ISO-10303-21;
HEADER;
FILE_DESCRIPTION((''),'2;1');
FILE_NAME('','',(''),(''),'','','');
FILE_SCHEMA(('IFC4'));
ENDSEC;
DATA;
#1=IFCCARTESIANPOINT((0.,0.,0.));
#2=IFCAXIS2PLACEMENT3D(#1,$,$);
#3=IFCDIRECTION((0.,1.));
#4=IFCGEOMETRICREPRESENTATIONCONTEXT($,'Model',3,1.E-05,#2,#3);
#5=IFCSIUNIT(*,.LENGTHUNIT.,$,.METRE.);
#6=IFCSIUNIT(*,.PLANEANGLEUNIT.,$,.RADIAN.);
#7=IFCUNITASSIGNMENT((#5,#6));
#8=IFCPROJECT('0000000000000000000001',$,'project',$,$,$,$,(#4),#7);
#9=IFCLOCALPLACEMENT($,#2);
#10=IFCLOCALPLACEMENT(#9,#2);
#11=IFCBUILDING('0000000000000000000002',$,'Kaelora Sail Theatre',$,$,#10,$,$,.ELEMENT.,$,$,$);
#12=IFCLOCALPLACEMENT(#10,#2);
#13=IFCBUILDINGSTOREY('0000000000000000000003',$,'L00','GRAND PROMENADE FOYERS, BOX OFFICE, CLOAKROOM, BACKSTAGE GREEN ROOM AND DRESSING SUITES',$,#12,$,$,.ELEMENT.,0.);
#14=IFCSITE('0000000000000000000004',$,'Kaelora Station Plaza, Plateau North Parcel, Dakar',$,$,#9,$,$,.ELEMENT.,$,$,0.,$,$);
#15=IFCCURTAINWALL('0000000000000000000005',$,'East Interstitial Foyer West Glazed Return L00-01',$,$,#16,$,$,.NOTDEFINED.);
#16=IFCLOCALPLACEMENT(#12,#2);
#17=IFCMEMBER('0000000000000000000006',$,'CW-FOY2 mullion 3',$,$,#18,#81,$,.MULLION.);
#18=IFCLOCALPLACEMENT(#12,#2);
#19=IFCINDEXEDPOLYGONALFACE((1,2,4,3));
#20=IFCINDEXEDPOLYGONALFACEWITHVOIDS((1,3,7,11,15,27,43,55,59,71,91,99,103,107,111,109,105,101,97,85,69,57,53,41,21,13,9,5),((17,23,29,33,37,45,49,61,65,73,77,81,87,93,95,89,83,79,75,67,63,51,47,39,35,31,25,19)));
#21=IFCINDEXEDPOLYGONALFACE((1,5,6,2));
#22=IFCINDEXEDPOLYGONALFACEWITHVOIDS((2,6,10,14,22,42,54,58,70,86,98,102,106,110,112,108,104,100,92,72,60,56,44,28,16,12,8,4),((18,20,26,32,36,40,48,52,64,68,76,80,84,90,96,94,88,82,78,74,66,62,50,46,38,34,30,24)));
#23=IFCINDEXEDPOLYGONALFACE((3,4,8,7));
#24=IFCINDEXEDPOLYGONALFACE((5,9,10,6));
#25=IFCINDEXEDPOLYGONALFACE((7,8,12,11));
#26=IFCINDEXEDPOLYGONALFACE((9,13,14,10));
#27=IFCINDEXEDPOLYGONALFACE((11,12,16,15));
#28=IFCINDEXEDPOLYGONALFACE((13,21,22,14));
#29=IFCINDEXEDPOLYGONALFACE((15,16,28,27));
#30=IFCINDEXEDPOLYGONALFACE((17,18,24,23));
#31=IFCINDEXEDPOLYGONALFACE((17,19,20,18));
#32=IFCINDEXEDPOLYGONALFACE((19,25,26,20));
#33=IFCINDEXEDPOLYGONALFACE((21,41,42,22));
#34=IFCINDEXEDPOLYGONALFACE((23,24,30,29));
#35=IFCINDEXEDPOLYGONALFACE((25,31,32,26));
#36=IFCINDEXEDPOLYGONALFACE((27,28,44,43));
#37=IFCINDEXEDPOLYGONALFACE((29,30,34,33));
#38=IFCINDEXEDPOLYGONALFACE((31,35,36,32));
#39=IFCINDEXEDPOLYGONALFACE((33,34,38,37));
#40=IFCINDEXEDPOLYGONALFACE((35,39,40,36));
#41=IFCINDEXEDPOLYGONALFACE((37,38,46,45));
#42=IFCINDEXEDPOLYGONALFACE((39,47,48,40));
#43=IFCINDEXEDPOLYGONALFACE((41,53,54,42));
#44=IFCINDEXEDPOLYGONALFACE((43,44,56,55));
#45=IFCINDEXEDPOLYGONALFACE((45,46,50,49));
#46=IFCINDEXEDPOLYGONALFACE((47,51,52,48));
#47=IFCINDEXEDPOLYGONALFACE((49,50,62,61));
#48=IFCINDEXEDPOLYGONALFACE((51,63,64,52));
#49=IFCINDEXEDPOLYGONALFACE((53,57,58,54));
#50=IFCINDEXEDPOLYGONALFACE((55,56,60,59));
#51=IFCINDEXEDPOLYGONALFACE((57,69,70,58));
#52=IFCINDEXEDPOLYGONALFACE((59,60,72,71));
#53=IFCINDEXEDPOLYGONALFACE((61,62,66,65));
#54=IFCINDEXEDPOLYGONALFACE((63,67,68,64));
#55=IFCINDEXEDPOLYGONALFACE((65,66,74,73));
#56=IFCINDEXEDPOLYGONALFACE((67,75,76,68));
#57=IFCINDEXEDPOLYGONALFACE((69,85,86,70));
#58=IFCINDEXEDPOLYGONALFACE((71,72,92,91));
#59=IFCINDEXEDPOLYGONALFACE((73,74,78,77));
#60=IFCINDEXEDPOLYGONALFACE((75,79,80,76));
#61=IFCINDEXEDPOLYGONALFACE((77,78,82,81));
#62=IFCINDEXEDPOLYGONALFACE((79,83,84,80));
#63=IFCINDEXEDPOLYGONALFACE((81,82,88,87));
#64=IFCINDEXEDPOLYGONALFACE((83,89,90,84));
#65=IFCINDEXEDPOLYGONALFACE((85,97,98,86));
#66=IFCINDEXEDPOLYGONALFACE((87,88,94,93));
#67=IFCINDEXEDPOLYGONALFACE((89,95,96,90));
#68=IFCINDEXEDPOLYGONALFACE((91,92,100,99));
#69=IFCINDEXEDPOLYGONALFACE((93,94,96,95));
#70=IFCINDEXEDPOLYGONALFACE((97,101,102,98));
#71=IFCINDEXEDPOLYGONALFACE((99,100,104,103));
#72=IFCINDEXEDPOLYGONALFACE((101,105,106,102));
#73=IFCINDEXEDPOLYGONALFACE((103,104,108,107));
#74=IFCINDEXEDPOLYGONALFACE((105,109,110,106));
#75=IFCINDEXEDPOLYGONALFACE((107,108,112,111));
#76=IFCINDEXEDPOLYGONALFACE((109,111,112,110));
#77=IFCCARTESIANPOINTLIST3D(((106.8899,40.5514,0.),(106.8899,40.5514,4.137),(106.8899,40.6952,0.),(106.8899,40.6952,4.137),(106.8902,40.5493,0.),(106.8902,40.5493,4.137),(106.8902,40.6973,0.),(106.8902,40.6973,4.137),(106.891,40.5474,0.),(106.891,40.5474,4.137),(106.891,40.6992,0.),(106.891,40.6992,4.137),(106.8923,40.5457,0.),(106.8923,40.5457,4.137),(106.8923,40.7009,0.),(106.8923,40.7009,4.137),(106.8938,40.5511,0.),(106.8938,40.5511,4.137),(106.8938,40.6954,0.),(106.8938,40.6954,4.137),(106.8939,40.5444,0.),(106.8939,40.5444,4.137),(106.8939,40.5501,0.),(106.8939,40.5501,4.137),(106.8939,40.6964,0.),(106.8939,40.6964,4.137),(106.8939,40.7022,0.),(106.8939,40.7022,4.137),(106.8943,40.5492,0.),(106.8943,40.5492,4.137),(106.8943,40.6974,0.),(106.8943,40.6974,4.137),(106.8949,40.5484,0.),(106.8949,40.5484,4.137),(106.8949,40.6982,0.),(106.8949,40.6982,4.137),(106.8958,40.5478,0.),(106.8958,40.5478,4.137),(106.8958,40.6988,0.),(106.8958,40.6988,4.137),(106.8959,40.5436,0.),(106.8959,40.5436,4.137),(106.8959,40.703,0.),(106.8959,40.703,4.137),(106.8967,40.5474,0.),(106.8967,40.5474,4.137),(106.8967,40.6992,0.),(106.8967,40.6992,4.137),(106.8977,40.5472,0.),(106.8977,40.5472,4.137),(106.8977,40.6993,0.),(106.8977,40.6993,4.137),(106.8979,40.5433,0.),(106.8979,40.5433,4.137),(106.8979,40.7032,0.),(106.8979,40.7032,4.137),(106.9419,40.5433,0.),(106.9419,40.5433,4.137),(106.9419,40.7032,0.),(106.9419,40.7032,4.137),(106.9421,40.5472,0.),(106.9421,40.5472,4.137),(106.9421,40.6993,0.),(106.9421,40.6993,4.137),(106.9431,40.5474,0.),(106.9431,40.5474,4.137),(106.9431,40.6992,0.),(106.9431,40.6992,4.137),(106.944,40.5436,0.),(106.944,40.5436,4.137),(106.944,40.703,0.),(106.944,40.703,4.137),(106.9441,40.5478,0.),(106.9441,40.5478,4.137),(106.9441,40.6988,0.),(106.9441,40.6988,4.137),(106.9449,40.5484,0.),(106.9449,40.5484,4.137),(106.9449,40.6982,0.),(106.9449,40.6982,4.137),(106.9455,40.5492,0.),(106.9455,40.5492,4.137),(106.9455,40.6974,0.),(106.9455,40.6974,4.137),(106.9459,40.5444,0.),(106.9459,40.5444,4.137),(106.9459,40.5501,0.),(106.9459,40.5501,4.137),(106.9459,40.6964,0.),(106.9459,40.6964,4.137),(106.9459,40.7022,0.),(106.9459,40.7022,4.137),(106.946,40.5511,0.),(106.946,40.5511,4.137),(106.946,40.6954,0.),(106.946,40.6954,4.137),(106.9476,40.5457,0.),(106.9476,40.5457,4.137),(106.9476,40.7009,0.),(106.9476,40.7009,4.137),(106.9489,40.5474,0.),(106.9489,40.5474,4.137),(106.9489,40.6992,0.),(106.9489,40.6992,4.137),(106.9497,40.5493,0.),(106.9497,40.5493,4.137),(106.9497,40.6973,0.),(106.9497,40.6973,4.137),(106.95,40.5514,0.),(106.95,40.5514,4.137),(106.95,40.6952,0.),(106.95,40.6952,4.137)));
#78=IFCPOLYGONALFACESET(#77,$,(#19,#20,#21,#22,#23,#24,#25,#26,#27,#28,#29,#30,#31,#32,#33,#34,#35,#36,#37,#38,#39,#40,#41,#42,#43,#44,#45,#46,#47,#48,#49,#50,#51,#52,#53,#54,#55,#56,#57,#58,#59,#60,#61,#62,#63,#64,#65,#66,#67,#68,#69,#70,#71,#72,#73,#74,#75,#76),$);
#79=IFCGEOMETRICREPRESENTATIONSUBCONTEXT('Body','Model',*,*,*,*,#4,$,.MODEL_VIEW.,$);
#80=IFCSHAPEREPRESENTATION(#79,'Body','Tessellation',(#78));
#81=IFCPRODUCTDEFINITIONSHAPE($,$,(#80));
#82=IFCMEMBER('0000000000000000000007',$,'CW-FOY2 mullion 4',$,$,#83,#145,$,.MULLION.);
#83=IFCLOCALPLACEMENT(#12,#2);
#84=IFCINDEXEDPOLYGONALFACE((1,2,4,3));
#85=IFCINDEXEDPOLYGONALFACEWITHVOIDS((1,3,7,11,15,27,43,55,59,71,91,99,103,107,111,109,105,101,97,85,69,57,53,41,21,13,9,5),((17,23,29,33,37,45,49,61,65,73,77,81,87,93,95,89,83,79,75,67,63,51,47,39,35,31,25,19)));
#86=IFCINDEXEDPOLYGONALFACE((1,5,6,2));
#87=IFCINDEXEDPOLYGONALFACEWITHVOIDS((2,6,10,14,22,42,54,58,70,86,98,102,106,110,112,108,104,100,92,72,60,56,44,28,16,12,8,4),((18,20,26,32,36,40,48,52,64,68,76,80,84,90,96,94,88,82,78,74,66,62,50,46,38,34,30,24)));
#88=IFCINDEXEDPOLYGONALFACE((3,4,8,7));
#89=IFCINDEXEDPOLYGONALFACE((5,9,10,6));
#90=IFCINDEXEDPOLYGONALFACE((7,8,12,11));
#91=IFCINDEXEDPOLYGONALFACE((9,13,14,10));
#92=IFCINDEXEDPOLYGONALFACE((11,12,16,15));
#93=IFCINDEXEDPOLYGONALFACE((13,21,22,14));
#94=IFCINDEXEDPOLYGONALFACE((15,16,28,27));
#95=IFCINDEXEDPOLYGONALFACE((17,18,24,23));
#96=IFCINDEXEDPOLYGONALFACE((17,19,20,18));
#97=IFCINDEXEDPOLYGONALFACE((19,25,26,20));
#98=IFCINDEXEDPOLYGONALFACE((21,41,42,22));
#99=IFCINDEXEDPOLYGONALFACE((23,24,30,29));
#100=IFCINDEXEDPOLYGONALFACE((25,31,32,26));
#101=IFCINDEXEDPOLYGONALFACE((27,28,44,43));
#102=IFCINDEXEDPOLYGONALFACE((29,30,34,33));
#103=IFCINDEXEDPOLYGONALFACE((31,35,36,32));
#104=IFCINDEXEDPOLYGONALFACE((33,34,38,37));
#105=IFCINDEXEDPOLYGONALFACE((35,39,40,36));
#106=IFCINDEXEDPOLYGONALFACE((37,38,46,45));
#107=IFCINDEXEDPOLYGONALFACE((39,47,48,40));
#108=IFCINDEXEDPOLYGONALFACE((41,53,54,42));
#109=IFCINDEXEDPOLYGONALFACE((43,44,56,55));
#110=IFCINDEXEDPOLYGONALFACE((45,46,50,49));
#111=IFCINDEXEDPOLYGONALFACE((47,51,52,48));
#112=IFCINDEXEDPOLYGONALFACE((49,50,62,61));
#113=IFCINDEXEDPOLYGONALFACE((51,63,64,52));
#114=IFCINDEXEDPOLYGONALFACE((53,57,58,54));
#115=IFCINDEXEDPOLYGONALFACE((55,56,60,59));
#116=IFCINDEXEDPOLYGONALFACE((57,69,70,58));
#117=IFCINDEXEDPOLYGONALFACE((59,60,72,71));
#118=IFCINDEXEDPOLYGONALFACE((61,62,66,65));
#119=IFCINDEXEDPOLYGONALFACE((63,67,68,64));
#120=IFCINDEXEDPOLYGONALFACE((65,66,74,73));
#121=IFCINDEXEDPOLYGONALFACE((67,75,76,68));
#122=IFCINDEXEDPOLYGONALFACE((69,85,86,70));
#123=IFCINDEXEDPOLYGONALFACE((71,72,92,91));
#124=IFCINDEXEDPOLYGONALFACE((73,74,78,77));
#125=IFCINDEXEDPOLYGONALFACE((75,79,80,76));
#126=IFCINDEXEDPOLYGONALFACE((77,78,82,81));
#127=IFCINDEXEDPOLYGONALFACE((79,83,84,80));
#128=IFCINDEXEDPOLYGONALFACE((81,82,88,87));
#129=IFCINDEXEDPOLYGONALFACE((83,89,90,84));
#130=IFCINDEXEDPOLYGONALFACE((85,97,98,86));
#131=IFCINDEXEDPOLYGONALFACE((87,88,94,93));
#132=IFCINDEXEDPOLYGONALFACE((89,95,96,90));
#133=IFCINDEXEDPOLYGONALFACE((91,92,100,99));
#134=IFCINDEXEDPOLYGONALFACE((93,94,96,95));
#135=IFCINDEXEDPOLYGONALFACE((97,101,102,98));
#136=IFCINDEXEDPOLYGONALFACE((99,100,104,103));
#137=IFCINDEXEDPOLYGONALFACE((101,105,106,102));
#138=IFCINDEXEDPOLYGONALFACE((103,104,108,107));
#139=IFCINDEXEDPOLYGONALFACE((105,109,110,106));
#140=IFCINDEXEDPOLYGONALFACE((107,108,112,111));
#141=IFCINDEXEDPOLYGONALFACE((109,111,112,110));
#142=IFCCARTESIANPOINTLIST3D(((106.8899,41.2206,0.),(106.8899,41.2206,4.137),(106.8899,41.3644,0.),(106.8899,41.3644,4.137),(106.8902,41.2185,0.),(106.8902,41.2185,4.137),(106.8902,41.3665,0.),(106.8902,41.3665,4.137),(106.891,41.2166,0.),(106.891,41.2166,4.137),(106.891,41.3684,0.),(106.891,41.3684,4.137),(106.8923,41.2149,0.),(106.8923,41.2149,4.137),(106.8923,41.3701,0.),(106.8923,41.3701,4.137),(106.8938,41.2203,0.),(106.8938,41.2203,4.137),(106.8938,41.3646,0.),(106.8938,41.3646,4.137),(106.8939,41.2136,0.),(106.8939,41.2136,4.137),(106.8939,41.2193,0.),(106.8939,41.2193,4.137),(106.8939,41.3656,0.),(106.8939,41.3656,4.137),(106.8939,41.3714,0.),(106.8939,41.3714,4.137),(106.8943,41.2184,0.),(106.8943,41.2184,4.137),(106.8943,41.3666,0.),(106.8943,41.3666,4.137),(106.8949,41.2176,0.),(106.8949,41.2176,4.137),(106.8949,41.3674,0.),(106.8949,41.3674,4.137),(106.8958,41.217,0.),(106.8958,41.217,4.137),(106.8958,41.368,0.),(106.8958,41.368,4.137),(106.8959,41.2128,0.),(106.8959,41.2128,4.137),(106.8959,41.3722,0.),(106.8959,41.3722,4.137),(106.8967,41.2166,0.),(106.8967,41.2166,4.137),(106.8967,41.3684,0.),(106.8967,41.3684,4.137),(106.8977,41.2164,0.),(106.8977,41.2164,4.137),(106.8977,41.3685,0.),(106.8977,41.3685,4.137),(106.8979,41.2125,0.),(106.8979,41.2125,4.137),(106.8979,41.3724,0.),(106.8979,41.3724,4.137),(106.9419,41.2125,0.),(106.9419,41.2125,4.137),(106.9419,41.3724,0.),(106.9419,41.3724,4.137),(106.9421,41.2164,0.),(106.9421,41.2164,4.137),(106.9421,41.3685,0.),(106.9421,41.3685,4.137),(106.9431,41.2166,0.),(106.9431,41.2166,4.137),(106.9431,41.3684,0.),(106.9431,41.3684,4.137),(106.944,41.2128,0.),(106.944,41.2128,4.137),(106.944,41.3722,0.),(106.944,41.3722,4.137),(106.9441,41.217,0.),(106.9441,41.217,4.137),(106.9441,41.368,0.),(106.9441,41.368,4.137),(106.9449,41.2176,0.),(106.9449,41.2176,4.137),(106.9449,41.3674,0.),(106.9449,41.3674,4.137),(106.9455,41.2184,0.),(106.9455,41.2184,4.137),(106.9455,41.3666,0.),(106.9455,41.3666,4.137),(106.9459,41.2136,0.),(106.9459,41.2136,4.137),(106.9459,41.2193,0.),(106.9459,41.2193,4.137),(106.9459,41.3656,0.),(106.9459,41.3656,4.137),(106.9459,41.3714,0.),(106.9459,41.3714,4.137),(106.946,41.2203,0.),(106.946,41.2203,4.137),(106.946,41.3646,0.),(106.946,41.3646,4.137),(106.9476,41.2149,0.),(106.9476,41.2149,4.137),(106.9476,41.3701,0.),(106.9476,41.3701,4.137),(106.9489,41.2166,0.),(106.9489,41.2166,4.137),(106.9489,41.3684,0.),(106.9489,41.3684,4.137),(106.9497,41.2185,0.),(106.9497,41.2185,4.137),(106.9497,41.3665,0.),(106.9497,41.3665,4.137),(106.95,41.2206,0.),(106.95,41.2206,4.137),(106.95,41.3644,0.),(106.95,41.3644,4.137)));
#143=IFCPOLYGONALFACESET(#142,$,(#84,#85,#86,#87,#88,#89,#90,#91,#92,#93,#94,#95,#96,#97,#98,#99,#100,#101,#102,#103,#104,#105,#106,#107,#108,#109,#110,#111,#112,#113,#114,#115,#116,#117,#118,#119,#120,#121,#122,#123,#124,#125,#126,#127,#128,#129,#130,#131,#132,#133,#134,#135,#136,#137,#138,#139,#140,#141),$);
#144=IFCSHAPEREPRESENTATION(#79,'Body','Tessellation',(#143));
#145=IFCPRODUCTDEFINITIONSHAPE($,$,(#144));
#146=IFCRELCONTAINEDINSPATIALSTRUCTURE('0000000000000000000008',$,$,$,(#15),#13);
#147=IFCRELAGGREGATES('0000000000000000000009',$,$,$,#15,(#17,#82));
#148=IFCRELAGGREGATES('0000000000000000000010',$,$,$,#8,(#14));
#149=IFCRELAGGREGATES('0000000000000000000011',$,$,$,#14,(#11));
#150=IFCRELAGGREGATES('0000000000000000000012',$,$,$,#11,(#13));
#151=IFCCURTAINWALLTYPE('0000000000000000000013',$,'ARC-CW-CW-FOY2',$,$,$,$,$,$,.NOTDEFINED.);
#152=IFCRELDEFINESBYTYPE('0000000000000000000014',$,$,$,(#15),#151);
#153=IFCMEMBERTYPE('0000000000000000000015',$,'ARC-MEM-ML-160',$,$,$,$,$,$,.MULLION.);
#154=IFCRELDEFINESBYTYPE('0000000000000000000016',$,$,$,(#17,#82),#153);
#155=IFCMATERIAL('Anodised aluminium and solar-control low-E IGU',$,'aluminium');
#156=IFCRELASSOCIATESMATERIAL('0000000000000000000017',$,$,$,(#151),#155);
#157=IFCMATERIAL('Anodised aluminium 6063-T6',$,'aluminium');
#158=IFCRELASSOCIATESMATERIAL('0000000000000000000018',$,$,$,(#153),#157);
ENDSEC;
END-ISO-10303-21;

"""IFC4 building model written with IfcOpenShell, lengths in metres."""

from ifc_helpers import new_model, si_unit, direction, frame, origin, origin_2d, place, context, subcontext, project, spatial, hollow_rectangle, extrude, material, material_profile, profile_set, type_object, element, aggregate, save


model = new_model("IFC4")

# Units and contexts
model_context = context("Model", 3, precision=1e-05, world=origin(), true_north=direction((0.0, 1.0)))
body_context = subcontext(model_context, "Body", "Model", "MODEL_VIEW")
ifc_project = project(units=[si_unit("LENGTHUNIT", "METRE"), si_unit("PLANEANGLEUNIT", "RADIAN")], contexts=[model_context])

# Site, building, storey
site_placement = place(None, origin())
site = spatial("IfcSite", under=ifc_project, at=site_placement, Name="Kaelora Station Plaza, Plateau North Parcel, Dakar", CompositionType="ELEMENT", RefElevation=0.0)
building_placement = place(site_placement, origin())
building = spatial("IfcBuilding", under=site, at=building_placement, Name="Kaelora Sail Theatre", CompositionType="ELEMENT")
storey_placement = place(building_placement, origin())
storey = spatial("IfcBuildingStorey", under=building, at=storey_placement, Name="L00", Description="GRAND PROMENADE FOYERS, BOX OFFICE, CLOAKROOM, BACKSTAGE GREEN ROOM AND DRESSING SUITES", CompositionType="ELEMENT", Elevation=0.0)

# Curtain wall, members
ifc_material_1 = material(Name="Anodised aluminium and solar-control low-E IGU", Category="aluminium")
curtain_wall_type = type_object("IfcCurtainWallType", Name="ARC-CW-CW-FOY2", PredefinedType="NOTDEFINED", material=ifc_material_1)
curtain_wall_placement = place(storey_placement, origin())
curtain_wall = element("IfcCurtainWall", 1, at=curtain_wall_placement, inside=storey, type_object=curtain_wall_type, Name="East Interstitial Foyer West Glazed Return L00-01", PredefinedType="NOTDEFINED")
ifc_material_2 = material(Name="Anodised aluminium 6063-T6", Category="aluminium")
ifc_material_profile_1 = material_profile(ifc_material_2, hollow_rectangle(XDim=0.0601, YDim=0.1599, WallThickness=0.0039, InnerFilletRadius=0.0039, OuterFilletRadius=0.0081, at=origin_2d()), Name="ALU-MULL 60x160x4")
ifc_profile_set_1 = profile_set([ifc_material_profile_1], Name="Anodised aluminium 6063-T6")
member_type_1 = type_object("IfcMemberType", Name="ARC-MEM-ML-160", PredefinedType="MULLION", material=ifc_profile_set_1)
member_1_placement = place(storey_placement, frame((106.9199, 40.6233, 0.0), z_axis=(0.0, 0.0, 1.0), x_axis=(-1.0, 0.0, 0.0)))
member_1 = element("IfcMember", 2, at=member_1_placement, type_object=member_type_1, Name="CW-FOY2 mullion 3", PredefinedType="MULLION", context=body_context, shape_type="SweptSolid", body=[
    extrude(hollow_rectangle(XDim=0.0601, YDim=0.1599, WallThickness=0.0039, InnerFilletRadius=0.0039, OuterFilletRadius=0.0081, at=origin_2d()), origin(), (0.0, 0.0, 1.0), 4.137),
])
member_2_placement = place(storey_placement, frame((106.9199, 41.2925, 0.0), z_axis=(0.0, 0.0, 1.0), x_axis=(-1.0, 0.0, 0.0)))
member_2 = element("IfcMember", 3, at=member_2_placement, type_object=member_type_1, Name="CW-FOY2 mullion 4", PredefinedType="MULLION", context=body_context, shape_type="SweptSolid", body=[
    extrude(hollow_rectangle(XDim=0.0601, YDim=0.1599, WallThickness=0.0039, InnerFilletRadius=0.0039, OuterFilletRadius=0.0081, at=origin_2d()), origin(), (0.0, 0.0, 1.0), 4.137),
])
aggregate(curtain_wall, [member_1, member_2])

save(model, "model.ifc")
